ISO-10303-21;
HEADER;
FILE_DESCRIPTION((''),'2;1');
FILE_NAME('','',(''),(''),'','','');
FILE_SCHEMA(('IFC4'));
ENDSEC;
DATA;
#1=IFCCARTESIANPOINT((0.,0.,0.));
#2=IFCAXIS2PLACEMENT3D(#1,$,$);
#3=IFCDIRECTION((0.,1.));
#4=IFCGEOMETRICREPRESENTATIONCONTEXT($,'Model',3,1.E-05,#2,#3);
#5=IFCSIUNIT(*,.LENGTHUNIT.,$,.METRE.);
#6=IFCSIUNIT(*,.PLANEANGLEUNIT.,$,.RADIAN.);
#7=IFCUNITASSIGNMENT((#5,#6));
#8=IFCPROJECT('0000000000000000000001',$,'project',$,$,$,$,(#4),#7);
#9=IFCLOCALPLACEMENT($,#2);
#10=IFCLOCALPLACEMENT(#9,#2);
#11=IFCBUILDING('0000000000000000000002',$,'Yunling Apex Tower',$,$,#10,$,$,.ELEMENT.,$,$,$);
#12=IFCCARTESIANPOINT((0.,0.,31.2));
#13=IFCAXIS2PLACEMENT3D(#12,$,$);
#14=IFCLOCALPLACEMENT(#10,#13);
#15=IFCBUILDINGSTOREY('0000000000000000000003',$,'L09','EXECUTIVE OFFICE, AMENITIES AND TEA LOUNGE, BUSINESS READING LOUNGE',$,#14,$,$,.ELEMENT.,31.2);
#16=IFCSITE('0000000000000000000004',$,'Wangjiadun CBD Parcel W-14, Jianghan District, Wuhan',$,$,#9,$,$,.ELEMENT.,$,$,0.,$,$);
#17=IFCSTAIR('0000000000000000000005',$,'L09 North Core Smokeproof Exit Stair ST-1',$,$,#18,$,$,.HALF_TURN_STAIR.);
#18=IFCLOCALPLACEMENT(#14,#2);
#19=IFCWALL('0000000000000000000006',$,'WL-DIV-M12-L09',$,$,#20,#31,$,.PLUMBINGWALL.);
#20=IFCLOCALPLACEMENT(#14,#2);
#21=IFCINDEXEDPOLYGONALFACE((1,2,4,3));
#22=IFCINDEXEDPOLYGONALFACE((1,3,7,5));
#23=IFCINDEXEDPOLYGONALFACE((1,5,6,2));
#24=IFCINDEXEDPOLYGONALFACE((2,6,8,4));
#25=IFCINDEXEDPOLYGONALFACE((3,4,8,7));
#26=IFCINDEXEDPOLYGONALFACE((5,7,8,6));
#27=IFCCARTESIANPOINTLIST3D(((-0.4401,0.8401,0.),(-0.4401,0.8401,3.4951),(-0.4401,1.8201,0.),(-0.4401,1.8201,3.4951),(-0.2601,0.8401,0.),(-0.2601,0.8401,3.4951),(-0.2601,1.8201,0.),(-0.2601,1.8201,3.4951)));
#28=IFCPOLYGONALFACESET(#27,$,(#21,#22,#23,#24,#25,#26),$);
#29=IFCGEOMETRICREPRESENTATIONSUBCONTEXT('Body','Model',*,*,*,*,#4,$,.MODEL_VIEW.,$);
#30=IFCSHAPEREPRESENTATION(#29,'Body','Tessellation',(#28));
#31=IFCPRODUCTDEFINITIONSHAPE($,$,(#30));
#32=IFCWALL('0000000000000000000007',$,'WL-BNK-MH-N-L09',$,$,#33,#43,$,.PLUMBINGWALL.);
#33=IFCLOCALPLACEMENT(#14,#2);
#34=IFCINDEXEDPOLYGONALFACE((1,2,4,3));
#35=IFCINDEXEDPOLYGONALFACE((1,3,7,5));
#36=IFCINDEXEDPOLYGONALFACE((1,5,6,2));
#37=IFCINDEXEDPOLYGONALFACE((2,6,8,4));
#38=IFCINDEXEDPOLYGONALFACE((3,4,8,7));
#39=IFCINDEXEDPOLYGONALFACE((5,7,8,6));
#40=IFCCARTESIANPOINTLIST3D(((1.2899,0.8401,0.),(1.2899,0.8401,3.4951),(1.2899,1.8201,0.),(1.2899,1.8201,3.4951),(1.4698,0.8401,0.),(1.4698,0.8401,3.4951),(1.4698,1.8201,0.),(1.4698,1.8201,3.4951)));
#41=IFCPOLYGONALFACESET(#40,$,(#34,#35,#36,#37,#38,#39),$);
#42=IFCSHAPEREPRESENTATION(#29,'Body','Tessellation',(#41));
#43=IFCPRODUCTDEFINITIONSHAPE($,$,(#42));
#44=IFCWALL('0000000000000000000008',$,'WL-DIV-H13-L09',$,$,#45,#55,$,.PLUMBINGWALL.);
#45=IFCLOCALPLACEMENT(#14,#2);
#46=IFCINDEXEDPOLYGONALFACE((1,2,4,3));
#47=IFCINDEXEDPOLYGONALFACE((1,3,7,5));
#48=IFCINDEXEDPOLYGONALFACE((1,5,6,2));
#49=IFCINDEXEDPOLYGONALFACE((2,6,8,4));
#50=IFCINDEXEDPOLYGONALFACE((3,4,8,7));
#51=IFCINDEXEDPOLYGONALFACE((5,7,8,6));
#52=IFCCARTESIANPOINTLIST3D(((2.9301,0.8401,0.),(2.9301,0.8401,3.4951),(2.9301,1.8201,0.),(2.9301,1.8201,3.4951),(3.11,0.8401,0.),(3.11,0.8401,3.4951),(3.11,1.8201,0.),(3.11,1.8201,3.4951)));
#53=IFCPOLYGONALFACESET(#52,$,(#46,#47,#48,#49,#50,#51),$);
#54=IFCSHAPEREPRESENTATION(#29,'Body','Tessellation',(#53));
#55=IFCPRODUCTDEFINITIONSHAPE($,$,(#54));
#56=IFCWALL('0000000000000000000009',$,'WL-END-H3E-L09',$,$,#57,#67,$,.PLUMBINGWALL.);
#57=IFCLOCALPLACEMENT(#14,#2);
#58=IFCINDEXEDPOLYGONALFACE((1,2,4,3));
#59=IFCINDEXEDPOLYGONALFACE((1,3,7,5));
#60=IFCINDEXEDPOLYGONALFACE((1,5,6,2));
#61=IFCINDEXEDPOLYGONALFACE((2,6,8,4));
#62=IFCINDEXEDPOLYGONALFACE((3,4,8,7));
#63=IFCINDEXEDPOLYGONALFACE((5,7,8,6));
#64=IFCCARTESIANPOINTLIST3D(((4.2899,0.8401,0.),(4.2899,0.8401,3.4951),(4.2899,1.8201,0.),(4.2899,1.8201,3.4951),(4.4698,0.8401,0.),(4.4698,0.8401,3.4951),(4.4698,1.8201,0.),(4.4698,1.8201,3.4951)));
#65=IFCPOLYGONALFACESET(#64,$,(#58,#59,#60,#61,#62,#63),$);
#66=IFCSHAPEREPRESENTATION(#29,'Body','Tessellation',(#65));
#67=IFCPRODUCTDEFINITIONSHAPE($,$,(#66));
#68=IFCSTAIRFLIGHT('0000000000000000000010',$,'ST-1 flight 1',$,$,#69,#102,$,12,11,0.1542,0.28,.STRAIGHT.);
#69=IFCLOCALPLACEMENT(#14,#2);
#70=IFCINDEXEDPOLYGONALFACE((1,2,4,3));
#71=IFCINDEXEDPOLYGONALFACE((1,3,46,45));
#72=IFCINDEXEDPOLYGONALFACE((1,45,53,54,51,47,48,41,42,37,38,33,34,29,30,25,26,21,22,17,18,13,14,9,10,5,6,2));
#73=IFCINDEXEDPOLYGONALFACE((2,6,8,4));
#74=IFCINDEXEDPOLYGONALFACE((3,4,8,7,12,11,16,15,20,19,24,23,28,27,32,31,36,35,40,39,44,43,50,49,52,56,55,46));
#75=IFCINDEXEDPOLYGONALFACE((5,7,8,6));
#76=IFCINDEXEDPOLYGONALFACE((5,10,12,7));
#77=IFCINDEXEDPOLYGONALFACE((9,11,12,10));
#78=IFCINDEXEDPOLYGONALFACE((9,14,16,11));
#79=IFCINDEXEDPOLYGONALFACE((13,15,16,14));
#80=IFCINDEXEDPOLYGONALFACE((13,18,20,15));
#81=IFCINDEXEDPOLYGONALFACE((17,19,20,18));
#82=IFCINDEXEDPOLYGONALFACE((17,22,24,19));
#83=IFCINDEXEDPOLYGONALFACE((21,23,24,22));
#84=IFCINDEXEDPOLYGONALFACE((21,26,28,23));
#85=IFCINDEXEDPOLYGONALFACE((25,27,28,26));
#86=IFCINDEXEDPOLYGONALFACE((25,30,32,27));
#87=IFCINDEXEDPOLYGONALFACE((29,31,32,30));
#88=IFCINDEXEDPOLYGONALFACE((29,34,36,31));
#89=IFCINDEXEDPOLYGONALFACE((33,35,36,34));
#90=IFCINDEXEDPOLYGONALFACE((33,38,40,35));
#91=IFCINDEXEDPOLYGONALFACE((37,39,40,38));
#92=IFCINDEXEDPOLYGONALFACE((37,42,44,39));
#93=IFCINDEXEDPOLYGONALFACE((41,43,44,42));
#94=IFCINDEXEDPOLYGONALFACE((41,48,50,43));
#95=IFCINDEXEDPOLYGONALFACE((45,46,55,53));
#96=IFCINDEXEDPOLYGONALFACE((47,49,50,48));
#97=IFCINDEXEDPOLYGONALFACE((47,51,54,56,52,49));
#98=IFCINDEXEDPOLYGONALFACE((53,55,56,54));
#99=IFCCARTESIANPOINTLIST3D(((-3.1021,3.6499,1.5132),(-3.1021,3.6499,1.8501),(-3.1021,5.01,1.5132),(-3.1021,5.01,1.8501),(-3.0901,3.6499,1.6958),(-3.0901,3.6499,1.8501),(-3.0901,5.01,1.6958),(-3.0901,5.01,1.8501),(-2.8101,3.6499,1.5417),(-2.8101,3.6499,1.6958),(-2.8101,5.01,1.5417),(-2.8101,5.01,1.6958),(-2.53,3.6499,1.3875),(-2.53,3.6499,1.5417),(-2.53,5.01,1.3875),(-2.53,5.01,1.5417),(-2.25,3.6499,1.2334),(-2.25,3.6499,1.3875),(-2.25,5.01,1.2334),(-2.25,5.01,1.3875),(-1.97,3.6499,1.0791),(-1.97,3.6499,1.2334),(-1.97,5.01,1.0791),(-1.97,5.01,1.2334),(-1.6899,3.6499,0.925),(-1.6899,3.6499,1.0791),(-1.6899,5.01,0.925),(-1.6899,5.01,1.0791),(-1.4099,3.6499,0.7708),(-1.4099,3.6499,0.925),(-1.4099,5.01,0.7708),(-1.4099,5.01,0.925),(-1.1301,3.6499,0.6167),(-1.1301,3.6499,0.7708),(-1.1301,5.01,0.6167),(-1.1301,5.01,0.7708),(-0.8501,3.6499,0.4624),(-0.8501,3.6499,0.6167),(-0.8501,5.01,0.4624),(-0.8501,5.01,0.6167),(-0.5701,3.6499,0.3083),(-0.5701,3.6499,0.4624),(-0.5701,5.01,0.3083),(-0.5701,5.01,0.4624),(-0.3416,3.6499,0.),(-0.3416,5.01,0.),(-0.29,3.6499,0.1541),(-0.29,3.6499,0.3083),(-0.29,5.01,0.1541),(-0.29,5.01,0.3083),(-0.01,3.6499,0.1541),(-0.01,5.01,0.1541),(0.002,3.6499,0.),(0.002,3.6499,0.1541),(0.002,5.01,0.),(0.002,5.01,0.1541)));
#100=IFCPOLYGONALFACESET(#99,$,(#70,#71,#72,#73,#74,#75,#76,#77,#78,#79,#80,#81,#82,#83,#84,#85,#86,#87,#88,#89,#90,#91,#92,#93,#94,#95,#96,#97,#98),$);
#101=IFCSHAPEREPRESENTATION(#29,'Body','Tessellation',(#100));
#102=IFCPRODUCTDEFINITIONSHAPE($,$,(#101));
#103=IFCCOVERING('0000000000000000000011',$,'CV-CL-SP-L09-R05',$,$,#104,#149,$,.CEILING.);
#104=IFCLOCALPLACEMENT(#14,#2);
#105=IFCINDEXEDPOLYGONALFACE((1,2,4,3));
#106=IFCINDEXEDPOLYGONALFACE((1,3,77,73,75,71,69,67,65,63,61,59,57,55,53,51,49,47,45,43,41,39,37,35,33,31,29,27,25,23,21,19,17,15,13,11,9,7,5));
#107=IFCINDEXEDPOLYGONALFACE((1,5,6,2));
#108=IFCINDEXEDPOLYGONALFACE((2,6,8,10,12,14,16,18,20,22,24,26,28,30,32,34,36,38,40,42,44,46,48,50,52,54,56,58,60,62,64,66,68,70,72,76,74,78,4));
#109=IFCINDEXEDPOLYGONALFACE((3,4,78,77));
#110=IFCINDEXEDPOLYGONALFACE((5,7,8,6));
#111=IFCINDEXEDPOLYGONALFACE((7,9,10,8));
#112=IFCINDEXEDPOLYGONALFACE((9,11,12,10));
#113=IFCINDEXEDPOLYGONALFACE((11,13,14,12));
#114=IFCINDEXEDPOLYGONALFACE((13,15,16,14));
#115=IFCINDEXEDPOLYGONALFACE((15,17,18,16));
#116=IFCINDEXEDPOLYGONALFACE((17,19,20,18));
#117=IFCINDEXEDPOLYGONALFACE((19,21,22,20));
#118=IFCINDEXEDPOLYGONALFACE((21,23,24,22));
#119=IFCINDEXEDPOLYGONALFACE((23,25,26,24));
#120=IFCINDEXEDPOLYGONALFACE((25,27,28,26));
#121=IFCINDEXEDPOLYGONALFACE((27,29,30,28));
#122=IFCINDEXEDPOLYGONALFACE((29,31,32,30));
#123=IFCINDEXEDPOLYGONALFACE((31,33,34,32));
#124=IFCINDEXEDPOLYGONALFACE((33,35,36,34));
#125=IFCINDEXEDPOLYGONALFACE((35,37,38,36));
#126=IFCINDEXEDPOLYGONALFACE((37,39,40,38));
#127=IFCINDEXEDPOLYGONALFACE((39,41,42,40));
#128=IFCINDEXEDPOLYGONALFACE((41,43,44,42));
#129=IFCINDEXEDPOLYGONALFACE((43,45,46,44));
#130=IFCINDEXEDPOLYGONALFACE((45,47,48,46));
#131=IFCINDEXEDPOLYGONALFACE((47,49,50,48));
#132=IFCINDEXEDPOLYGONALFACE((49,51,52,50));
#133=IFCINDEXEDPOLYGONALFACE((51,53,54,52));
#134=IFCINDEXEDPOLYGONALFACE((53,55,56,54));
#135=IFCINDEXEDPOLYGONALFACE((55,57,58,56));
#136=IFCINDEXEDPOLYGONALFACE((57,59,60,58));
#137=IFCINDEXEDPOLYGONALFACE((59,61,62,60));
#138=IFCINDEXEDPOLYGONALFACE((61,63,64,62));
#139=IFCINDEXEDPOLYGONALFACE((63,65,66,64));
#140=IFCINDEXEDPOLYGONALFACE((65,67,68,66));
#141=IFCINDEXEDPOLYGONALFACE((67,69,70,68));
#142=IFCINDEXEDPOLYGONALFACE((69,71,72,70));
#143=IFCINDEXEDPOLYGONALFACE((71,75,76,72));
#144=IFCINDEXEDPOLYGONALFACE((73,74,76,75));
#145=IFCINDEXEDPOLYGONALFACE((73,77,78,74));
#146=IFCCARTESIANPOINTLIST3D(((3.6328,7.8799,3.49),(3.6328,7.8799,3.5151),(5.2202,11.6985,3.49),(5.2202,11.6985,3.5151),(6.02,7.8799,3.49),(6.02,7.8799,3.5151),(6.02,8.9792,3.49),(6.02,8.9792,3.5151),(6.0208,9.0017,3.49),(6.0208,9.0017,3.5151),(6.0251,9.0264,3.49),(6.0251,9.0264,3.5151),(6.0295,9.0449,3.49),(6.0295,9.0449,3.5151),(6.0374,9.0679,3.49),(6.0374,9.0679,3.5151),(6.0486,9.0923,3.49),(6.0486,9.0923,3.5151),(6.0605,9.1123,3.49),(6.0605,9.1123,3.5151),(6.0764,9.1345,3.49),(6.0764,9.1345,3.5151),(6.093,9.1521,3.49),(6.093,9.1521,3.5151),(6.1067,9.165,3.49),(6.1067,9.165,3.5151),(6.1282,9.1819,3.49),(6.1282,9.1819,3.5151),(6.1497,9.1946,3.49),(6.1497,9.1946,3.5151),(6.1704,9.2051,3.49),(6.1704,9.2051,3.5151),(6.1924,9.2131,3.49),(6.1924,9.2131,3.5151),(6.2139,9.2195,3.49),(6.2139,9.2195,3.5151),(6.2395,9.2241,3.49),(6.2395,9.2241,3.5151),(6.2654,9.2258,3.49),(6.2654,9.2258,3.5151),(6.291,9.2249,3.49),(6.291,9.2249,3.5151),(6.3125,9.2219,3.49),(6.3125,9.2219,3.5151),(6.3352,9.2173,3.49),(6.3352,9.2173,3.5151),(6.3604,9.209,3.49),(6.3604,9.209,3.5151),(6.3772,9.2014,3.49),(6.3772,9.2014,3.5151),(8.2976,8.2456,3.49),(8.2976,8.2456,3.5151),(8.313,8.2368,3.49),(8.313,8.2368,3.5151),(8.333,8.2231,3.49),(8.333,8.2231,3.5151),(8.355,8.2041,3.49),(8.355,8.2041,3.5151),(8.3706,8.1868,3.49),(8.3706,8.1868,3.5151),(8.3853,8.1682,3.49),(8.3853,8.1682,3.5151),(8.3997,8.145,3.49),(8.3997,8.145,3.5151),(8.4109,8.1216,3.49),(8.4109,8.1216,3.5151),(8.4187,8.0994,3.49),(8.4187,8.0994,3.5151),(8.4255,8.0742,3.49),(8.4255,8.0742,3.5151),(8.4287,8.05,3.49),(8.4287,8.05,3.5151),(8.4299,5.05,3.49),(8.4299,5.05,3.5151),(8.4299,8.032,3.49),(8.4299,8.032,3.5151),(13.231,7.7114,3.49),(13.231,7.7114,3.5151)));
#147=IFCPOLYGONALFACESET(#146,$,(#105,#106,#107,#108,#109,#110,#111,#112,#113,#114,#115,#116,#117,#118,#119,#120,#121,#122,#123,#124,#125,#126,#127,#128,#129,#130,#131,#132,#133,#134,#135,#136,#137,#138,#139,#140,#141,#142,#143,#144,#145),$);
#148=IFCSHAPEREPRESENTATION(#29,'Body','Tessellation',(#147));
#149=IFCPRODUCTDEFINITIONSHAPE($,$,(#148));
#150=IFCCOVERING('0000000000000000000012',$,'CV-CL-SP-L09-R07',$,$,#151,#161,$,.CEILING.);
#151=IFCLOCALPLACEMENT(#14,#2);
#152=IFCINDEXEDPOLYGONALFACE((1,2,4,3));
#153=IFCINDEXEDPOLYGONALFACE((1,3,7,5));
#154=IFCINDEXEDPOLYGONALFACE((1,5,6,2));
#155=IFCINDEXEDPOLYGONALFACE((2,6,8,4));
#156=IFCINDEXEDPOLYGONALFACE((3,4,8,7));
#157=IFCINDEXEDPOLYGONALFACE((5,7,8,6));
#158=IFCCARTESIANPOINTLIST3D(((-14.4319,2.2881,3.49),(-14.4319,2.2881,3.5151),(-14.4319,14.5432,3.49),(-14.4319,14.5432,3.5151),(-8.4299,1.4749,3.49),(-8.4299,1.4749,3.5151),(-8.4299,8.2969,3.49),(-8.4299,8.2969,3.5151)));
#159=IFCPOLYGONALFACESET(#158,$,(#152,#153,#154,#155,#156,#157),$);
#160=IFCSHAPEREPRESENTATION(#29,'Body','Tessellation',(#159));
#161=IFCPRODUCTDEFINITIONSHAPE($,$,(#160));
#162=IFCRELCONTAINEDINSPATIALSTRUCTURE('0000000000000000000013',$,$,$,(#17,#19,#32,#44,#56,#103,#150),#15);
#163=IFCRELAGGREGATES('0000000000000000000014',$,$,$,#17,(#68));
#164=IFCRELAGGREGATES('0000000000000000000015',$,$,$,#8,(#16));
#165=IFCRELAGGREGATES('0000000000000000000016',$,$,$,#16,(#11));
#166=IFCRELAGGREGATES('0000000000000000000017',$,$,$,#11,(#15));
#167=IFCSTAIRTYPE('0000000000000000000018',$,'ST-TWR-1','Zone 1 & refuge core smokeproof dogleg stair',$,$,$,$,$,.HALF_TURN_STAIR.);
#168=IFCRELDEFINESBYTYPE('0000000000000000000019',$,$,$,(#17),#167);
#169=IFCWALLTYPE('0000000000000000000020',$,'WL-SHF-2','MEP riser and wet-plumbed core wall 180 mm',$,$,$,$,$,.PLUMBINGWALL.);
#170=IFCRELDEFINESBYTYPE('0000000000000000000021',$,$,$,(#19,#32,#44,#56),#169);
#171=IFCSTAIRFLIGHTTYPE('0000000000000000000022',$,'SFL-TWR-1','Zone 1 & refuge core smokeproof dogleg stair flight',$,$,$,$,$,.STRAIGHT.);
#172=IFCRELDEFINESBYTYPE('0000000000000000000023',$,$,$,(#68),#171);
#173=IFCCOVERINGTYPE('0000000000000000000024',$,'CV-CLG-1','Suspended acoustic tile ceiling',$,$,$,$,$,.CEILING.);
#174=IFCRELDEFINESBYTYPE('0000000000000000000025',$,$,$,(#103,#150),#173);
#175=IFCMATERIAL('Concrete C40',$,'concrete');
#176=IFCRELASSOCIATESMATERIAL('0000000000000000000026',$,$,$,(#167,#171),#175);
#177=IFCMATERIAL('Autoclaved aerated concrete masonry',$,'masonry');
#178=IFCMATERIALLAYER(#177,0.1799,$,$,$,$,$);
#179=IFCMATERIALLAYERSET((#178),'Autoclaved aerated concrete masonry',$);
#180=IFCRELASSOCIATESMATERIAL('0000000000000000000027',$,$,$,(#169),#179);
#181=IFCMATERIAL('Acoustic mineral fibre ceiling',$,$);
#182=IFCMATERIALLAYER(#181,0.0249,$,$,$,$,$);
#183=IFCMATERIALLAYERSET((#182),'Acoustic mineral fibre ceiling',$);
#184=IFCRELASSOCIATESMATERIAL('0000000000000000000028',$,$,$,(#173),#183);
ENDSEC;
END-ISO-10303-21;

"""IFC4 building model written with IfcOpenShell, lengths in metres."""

from ifc_helpers import new_model, si_unit, direction, frame, frame_2d, origin, place, context, subcontext, project, spatial, polyline, rectangle, outline, extrude, material, layer, layer_set, type_object, element, aggregate, save


model = new_model("IFC4")

# Units and contexts
model_context = context("Model", 3, precision=1e-05, world=origin(), true_north=direction((0.0, 1.0)))
body_context = subcontext(model_context, "Body", "Model", "MODEL_VIEW")
ifc_project = project(units=[si_unit("LENGTHUNIT", "METRE"), si_unit("PLANEANGLEUNIT", "RADIAN")], contexts=[model_context])

# Site, building, storey
site_placement = place(None, origin())
site = spatial("IfcSite", under=ifc_project, at=site_placement, Name="Wangjiadun CBD Parcel W-14, Jianghan District, Wuhan", CompositionType="ELEMENT", RefElevation=0.0)
building_placement = place(site_placement, origin())
building = spatial("IfcBuilding", under=site, at=building_placement, Name="Yunling Apex Tower", CompositionType="ELEMENT")
storey_placement = place(building_placement, frame((0.0, 0.0, 31.2)))
storey = spatial("IfcBuildingStorey", under=building, at=storey_placement, Name="L09", Description="EXECUTIVE OFFICE, AMENITIES AND TEA LOUNGE, BUSINESS READING LOUNGE", CompositionType="ELEMENT", Elevation=31.2)

# Shared definitions
ifc_material_1 = material(Name="Concrete C40", Category="concrete")

# Stair
stair_type = type_object("IfcStairType", Name="ST-TWR-1", Description="Zone 1 & refuge core smokeproof dogleg stair", PredefinedType="HALF_TURN_STAIR", material=ifc_material_1)
stair_1_placement = place(storey_placement, origin())
stair_1 = element("IfcStair", 1, at=stair_1_placement, inside=storey, type_object=stair_type, Name="L09 North Core Smokeproof Exit Stair ST-1", PredefinedType="HALF_TURN_STAIR")

# Shared definitions
ifc_material_2 = material(Name="Autoclaved aerated concrete masonry", Category="masonry")

# Walls
ifc_layer_1 = layer(ifc_material_2, 0.1799)
ifc_layer_set_1 = layer_set([ifc_layer_1], Name="Autoclaved aerated concrete masonry")
wall_type_1 = type_object("IfcWallType", Name="WL-SHF-2", Description="MEP riser and wet-plumbed core wall 180 mm", PredefinedType="PLUMBINGWALL", material=ifc_layer_set_1)
for number, where, z_axis, x_axis, name in (
    (2, (-0.3501, 0.8401, 0.0), (0.0, 0.0, 1.0), (0.0, 1.0, 0.0), "WL-DIV-M12-L09"),
    (3, (1.3799, 0.8401, 0.0), (0.0, 0.0, 1.0), (0.0, 1.0, 0.0), "WL-BNK-MH-N-L09"),
    (4, (3.02, 0.8401, 0.0), (0.0, 0.0, 1.0), (0.0, 1.0, 0.0), "WL-DIV-H13-L09"),
    (5, (4.3799, 0.8401, 0.0), (0.0, 0.0, 1.0), (0.0, 1.0, 0.0), "WL-END-H3E-L09"),
):
    element("IfcWall", number, at=place(storey_placement, frame(where, z_axis=z_axis, x_axis=x_axis)), inside=storey, type_object=wall_type_1, Name=name, PredefinedType="PLUMBINGWALL", context=body_context, shape_type="SweptSolid", body=[
        extrude(rectangle(XDim=0.98, YDim=0.1799, at=frame_2d((0.49, 0.0))), origin(), (0.0, 0.0, 1.0), 3.4951),
    ])

# Stair flight
stair_flight_type = type_object("IfcStairFlightType", Name="SFL-TWR-1", Description="Zone 1 & refuge core smokeproof dogleg stair flight", PredefinedType="STRAIGHT", material=ifc_material_1)
stair_flight_placement = place(storey_placement, frame((-0.01, 4.3301, 0.0), z_axis=(0.0, 0.0, 1.0), x_axis=(-1.0, 0.0, 0.0)))
stair_flight = element("IfcStairFlight", 6, at=stair_flight_placement, type_object=stair_flight_type, Name="ST-1 flight 1", NumberOfRisers=12, NumberOfTreads=11, PredefinedType="STRAIGHT", RiserHeight=0.1542, TreadLength=0.28, context=body_context, shape_type="SweptSolid", body=[
    extrude(outline(polyline([(-0.012, 0.0), (-0.012, 0.1541), (0.0, 0.1541), (0.28, 0.1541), (0.28, 0.3083), (0.5601, 0.3083), (0.5601, 0.4624), (0.8401, 0.4624), (0.8401, 0.6167), (1.1201, 0.6167), (1.1201, 0.7708), (1.3999, 0.7708), (1.3999, 0.925), (1.6799, 0.925), (1.6799, 1.0791), (1.96, 1.0791), (1.96, 1.2334), (2.24, 1.2334), (2.24, 1.3875), (2.52, 1.3875), (2.52, 1.5417), (2.8, 1.5417), (2.8, 1.6958), (3.0801, 1.6958), (3.0801, 1.8501), (3.092, 1.8501), (3.092, 1.5132), (0.3315, 0.0), (-0.012, 0.0)])), frame((0.0, 0.6802, 0.0), z_axis=(0.0, -1.0, 0.0), x_axis=(1.0, 0.0, 0.0)), (0.0, 0.0, 1.0), 1.3601),
])
aggregate(stair_1, [stair_flight])

# Coverings
ifc_material_3 = material(Name="Acoustic mineral fibre ceiling")
ifc_layer_2 = layer(ifc_material_3, 0.0249)
ifc_layer_set_2 = layer_set([ifc_layer_2], Name="Acoustic mineral fibre ceiling")
covering_type_1 = type_object("IfcCoveringType", Name="CV-CLG-1", Description="Suspended acoustic tile ceiling", PredefinedType="CEILING", material=ifc_layer_set_2)
covering_1_placement = place(storey_placement, frame((0.0, 0.0, 3.49)))
element("IfcCovering", 7, at=covering_1_placement, inside=storey, type_object=covering_type_1, Name="CV-CL-SP-L09-R05", PredefinedType="CEILING", context=body_context, shape_type="SweptSolid", body=[
    extrude(outline(polyline([(5.2202, 11.6985), (13.231, 7.7114), (8.4299, 5.05), (8.4299, 8.032), (8.4287, 8.05), (8.4255, 8.0742), (8.4187, 8.0994), (8.4109, 8.1216), (8.3997, 8.145), (8.3853, 8.1682), (8.3706, 8.1868), (8.355, 8.2041), (8.333, 8.2231), (8.313, 8.2368), (8.2976, 8.2456), (6.3772, 9.2014), (6.3604, 9.209), (6.3352, 9.2173), (6.3125, 9.2219), (6.291, 9.2249), (6.2654, 9.2258), (6.2395, 9.2241), (6.2139, 9.2195), (6.1924, 9.2131), (6.1704, 9.2051), (6.1497, 9.1946), (6.1282, 9.1819), (6.1067, 9.165), (6.093, 9.1521), (6.0764, 9.1345), (6.0605, 9.1123), (6.0486, 9.0923), (6.0374, 9.0679), (6.0295, 9.0449), (6.0251, 9.0264), (6.0208, 9.0017), (6.02, 8.9792), (6.02, 7.8799), (3.6328, 7.8799), (5.2202, 11.6985)])), origin(), (0.0, 0.0, 1.0), 0.0251),
])
covering_2_placement = place(storey_placement, frame((0.0, 0.0, 3.49)))
element("IfcCovering", 8, at=covering_2_placement, inside=storey, type_object=covering_type_1, Name="CV-CL-SP-L09-R07", PredefinedType="CEILING", context=body_context, shape_type="SweptSolid", body=[
    extrude(outline(polyline([(-14.4319, 2.2881), (-14.4319, 14.5432), (-8.4299, 8.2969), (-8.4299, 1.4749), (-14.4319, 2.2881)])), origin(), (0.0, 0.0, 1.0), 0.0251),
])

save(model, "model.ifc")
